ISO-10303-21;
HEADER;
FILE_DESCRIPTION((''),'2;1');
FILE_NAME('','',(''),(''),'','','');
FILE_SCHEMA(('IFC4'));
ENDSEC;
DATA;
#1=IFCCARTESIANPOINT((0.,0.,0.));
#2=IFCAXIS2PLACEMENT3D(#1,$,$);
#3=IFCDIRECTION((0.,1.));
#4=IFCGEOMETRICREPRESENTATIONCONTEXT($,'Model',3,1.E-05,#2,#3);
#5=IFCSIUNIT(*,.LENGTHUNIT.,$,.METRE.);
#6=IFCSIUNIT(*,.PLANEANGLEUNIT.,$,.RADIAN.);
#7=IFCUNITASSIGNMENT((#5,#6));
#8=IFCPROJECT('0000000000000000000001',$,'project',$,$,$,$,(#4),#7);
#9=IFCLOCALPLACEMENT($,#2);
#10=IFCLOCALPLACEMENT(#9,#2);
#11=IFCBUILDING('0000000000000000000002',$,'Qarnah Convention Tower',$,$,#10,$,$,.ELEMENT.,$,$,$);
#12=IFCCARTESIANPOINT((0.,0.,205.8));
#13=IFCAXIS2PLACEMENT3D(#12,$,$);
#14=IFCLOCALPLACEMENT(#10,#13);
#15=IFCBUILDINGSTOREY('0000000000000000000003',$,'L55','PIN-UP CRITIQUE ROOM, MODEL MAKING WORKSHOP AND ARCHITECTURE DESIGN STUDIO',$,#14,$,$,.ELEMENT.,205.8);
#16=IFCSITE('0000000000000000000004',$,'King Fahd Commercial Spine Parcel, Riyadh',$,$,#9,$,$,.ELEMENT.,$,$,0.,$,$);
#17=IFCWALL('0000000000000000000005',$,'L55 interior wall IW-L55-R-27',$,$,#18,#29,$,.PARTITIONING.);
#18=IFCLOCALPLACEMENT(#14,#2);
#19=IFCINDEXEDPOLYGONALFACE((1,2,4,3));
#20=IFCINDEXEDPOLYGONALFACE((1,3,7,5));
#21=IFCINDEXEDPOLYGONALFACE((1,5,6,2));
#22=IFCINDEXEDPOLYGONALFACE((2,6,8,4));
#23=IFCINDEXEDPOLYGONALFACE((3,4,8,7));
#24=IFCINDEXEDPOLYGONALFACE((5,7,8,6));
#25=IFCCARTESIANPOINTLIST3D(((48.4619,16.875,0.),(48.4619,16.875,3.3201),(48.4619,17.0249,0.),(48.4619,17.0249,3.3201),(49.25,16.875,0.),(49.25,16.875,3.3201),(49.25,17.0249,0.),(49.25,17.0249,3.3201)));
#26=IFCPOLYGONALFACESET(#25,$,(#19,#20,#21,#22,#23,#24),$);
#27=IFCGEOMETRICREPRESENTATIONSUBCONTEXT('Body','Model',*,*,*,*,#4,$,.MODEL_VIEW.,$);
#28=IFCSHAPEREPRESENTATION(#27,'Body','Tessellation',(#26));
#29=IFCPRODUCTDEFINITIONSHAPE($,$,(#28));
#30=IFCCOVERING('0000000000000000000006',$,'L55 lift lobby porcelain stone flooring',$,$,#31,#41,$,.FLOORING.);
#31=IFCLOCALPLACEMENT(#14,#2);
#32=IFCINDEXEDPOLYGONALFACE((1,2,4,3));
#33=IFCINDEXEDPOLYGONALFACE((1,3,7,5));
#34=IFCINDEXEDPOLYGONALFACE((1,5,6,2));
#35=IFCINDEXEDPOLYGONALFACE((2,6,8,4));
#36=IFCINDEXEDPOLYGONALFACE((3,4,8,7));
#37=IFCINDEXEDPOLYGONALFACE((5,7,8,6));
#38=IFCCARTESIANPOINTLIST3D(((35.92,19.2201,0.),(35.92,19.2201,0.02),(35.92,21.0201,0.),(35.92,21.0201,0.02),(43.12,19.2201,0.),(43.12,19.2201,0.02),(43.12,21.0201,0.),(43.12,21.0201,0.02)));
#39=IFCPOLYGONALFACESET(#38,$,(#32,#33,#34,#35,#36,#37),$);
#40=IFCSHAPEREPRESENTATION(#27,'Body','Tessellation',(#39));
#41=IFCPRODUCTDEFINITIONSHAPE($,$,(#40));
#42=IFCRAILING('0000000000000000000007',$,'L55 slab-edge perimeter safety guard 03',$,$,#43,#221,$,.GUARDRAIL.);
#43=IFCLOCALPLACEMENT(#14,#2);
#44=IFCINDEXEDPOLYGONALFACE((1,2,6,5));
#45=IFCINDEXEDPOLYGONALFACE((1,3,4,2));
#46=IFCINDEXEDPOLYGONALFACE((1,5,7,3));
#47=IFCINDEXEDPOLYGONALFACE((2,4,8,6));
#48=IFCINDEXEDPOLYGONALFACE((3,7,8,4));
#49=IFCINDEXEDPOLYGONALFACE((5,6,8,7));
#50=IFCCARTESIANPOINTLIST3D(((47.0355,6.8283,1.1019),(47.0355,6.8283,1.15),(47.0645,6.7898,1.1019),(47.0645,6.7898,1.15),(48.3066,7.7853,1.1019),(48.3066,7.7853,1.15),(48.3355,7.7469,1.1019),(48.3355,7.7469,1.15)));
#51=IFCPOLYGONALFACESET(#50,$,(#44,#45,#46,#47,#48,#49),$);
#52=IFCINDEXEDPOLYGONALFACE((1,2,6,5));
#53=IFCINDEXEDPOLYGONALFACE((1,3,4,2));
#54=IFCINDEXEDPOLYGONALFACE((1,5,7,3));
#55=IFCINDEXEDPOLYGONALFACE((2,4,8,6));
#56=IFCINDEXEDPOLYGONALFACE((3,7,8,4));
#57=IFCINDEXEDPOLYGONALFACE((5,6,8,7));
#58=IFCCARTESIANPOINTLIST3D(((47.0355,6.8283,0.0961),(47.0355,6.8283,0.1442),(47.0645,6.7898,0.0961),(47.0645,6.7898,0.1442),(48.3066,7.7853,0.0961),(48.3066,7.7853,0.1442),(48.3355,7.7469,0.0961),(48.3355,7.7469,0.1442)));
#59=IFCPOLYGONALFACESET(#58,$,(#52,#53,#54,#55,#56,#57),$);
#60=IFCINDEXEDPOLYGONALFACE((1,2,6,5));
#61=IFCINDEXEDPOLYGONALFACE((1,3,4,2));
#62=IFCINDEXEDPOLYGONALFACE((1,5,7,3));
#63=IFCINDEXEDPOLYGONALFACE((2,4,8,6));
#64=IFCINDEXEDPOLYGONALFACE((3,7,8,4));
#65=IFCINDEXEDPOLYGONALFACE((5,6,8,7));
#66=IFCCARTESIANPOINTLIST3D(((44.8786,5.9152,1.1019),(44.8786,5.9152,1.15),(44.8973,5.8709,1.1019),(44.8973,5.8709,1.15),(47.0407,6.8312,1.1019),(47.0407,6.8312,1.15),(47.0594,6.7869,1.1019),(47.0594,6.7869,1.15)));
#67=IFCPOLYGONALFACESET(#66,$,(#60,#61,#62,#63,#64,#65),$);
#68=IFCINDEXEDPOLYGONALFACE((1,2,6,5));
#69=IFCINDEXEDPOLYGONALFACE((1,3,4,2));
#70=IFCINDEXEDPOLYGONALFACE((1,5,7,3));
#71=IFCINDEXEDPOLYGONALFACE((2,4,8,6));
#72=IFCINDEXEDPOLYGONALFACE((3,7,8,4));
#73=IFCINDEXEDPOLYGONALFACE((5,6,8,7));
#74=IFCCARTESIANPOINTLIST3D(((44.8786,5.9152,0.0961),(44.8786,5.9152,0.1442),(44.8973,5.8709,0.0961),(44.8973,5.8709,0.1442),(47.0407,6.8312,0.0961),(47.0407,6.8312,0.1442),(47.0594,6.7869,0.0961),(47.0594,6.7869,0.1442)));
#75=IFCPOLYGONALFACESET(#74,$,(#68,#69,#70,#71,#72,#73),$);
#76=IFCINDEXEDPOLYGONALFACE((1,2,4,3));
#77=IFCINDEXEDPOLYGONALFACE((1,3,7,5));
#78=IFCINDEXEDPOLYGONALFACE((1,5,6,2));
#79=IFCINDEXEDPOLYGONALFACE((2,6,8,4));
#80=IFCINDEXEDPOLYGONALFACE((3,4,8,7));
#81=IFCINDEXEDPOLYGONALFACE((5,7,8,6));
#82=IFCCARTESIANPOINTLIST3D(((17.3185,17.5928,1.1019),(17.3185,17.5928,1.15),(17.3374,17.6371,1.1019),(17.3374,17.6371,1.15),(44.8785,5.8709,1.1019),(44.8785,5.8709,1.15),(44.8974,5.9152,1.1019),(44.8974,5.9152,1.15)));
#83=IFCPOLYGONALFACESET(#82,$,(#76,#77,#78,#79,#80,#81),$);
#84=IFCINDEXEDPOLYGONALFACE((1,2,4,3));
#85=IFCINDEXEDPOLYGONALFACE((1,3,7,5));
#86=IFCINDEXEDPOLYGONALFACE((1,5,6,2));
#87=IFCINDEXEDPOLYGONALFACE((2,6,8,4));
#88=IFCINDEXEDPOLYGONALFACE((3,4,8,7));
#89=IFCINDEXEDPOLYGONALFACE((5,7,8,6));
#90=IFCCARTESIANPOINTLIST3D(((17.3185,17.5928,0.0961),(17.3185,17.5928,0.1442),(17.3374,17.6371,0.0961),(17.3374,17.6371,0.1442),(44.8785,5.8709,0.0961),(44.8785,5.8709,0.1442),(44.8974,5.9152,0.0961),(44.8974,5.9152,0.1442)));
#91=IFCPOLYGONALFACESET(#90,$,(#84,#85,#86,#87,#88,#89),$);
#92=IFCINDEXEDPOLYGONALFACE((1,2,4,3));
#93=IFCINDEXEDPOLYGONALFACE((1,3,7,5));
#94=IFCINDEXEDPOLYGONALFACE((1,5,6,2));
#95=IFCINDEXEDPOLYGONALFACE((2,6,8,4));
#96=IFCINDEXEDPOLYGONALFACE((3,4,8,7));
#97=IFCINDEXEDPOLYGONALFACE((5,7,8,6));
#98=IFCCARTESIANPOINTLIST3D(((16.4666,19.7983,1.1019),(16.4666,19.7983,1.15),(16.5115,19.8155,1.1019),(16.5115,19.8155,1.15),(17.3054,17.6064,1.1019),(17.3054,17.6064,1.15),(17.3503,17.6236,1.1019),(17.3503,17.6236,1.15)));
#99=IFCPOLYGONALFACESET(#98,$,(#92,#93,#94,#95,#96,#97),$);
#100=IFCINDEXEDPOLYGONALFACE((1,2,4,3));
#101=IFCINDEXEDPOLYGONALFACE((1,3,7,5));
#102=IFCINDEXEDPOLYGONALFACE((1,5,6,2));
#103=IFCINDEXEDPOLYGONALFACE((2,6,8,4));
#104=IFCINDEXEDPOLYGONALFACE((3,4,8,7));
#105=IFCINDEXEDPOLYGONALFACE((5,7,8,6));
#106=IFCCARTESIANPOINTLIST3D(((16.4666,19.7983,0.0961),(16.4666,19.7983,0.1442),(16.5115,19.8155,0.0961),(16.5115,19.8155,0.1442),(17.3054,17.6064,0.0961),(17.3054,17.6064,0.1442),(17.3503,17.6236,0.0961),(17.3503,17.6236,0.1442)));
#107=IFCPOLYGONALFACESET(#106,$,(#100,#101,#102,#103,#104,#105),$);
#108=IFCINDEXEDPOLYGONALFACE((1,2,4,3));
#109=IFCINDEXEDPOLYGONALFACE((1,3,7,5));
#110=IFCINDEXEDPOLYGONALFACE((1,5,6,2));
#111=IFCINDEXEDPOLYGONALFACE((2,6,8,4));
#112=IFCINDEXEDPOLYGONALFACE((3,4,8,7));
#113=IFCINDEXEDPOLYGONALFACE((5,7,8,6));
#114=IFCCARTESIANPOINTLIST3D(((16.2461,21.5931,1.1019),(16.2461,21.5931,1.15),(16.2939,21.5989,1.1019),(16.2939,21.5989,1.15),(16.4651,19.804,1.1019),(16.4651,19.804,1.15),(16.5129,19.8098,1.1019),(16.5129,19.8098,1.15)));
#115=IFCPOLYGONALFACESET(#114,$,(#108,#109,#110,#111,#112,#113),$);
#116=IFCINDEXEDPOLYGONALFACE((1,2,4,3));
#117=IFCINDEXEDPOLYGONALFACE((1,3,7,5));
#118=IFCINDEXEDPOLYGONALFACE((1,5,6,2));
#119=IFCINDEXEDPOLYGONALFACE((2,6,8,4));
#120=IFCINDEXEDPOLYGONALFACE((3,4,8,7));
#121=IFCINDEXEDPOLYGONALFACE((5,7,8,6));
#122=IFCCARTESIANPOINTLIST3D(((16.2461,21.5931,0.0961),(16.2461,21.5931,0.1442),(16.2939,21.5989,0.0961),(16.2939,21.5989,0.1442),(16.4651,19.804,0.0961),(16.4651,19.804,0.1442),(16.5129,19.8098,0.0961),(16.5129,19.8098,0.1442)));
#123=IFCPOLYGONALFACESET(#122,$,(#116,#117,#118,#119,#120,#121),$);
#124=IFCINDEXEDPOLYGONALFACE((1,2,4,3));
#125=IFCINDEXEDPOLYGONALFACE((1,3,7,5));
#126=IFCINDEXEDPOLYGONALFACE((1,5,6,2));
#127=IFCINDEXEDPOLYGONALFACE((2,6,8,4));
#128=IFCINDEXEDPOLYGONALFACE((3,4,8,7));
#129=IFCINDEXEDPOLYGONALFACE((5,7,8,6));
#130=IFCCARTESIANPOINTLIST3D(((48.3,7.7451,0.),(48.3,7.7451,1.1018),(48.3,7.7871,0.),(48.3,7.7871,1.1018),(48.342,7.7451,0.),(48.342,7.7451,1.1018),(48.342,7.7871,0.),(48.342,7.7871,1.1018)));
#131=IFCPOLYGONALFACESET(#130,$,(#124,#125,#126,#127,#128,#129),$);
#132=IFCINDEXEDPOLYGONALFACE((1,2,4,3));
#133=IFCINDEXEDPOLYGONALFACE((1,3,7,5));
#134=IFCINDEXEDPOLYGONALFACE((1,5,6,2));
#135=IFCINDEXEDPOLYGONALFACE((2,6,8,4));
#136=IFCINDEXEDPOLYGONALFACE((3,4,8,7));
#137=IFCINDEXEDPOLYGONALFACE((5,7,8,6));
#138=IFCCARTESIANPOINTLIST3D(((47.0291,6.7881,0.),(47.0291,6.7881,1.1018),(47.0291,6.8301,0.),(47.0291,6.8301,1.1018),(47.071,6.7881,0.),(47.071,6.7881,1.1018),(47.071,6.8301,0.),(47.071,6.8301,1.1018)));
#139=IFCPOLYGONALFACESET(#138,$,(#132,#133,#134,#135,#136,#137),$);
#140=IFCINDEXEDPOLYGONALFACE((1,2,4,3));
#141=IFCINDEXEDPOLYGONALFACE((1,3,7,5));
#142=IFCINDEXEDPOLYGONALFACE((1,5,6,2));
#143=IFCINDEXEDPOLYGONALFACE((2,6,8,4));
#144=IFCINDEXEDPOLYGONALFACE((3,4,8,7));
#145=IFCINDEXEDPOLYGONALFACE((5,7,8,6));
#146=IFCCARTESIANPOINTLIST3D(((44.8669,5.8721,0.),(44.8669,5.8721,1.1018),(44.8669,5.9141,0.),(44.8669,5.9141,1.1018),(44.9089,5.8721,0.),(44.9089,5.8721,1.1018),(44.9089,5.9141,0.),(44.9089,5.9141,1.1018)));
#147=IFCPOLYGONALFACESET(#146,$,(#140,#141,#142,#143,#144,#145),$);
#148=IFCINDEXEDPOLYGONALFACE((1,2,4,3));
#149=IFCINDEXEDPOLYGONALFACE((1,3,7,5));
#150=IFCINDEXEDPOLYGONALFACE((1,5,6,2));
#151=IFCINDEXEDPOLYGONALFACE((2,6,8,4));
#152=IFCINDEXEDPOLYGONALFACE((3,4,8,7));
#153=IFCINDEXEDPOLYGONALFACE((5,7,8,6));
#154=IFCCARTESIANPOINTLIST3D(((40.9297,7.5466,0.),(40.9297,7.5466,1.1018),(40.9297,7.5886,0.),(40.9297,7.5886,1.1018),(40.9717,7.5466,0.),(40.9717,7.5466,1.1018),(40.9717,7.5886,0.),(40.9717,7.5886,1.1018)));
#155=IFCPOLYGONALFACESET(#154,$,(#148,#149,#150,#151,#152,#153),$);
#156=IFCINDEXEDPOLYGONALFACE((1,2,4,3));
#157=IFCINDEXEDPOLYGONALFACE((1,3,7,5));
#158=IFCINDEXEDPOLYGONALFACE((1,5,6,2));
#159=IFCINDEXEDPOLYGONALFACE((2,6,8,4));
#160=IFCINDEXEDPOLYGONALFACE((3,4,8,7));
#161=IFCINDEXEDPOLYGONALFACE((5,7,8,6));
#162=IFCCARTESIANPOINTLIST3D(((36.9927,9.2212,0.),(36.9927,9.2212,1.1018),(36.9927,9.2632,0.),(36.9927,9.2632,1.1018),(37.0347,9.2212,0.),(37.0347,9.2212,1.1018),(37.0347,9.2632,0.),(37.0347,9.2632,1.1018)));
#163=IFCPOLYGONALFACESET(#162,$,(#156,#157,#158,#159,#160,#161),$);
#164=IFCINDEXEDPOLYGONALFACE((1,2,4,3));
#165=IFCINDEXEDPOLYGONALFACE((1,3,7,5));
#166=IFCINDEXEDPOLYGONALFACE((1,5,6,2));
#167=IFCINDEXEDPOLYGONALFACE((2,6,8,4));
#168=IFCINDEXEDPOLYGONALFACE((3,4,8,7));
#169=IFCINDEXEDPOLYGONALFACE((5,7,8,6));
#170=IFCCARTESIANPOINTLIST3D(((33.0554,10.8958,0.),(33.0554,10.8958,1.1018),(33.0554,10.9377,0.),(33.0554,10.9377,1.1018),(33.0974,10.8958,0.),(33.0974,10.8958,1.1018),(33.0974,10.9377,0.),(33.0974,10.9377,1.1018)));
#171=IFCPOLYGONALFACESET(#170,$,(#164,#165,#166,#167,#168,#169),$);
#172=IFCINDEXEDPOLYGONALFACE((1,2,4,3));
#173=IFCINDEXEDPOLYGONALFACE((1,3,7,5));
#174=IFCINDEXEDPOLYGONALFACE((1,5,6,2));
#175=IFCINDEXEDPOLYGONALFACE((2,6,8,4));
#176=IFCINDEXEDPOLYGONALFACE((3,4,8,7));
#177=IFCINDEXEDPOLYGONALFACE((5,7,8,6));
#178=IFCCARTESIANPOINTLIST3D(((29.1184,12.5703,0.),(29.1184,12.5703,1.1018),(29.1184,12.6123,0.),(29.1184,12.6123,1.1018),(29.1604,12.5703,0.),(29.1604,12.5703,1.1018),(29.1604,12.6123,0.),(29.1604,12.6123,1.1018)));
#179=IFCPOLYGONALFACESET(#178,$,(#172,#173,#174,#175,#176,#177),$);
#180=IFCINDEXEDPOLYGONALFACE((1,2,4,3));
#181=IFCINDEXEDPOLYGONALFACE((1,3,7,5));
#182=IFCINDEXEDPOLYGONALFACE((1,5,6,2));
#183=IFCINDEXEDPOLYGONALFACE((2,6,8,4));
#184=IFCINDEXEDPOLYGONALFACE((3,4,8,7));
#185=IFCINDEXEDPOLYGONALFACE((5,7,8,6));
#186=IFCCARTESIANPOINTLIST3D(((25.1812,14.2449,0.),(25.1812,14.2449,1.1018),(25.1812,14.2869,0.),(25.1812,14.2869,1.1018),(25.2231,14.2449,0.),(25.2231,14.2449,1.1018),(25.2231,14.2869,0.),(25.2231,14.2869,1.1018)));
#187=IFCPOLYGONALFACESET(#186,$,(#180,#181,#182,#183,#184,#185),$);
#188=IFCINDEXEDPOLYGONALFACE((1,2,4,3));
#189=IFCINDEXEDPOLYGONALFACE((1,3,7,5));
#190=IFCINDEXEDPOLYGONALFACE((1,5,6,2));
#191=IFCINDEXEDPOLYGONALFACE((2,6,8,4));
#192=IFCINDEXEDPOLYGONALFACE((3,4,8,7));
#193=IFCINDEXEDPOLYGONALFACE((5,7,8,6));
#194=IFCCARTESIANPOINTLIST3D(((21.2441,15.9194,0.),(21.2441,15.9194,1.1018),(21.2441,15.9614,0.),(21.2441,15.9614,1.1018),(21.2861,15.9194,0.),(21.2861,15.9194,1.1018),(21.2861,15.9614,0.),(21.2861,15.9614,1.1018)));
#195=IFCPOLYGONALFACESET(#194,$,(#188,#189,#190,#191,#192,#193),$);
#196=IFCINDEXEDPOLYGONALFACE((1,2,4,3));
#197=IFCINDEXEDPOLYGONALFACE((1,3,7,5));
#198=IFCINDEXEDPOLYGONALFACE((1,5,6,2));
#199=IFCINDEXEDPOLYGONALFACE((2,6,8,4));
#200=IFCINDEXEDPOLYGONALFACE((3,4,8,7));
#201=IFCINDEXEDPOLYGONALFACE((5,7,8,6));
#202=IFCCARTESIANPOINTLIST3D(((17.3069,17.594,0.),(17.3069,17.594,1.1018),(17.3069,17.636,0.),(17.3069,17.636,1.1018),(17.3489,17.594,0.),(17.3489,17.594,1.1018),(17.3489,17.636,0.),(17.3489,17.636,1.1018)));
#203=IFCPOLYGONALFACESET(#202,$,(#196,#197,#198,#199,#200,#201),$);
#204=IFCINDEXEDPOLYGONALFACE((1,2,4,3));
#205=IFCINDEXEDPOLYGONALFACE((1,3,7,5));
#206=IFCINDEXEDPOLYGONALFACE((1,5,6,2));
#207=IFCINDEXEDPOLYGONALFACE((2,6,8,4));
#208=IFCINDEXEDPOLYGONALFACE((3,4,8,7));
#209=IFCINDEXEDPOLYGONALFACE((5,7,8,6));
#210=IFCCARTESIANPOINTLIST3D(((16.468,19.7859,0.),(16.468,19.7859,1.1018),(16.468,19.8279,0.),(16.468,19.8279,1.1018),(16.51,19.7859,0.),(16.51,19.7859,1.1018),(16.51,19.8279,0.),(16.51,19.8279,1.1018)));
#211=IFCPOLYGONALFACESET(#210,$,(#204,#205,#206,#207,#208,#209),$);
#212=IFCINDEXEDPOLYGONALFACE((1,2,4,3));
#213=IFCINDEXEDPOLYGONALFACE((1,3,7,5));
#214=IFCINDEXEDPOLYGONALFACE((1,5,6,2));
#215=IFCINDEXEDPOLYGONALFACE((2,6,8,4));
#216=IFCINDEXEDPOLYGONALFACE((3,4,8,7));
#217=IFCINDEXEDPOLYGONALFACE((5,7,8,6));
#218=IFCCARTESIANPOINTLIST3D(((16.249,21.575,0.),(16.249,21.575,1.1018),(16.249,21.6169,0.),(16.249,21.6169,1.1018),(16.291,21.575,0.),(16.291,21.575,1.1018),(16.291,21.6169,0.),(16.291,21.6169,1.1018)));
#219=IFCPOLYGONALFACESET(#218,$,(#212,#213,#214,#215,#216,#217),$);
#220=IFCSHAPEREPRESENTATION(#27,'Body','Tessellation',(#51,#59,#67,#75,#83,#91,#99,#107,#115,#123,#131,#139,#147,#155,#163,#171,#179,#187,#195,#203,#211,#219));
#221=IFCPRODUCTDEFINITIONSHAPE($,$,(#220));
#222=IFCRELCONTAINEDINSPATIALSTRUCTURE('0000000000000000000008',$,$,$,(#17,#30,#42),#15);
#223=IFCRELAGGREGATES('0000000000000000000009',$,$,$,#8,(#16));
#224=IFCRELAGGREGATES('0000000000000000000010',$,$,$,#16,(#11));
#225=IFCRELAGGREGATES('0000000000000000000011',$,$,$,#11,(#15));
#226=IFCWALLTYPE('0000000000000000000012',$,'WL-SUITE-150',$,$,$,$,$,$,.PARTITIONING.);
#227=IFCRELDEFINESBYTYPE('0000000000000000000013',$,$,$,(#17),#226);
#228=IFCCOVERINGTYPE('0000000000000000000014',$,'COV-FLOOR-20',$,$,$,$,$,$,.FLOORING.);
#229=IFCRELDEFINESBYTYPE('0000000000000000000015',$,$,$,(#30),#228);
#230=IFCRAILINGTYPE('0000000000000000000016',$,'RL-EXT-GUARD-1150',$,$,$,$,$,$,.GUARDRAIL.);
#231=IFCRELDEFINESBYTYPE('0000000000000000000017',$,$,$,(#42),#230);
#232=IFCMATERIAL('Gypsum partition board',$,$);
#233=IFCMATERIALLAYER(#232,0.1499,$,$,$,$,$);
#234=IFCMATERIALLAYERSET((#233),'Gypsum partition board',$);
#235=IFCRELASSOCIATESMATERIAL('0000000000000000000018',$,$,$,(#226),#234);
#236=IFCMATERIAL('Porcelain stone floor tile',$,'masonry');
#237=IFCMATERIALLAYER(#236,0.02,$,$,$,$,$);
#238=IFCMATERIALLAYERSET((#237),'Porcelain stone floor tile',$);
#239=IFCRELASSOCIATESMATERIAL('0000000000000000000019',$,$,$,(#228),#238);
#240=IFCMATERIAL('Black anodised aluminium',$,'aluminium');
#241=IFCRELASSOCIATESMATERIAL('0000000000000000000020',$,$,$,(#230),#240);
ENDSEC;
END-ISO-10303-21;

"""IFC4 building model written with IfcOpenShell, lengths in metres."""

from ifc_helpers import new_model, si_unit, direction, frame, frame_2d, origin, origin_2d, place, context, subcontext, project, spatial, rectangle, extrude, material, layer, layer_set, type_object, element, save


model = new_model("IFC4")

# Units and contexts
model_context = context("Model", 3, precision=1e-05, world=origin(), true_north=direction((0.0, 1.0)))
body_context = subcontext(model_context, "Body", "Model", "MODEL_VIEW")
ifc_project = project(units=[si_unit("LENGTHUNIT", "METRE"), si_unit("PLANEANGLEUNIT", "RADIAN")], contexts=[model_context])

# Site, building, storey
site_placement = place(None, origin())
site = spatial("IfcSite", under=ifc_project, at=site_placement, Name="King Fahd Commercial Spine Parcel, Riyadh", CompositionType="ELEMENT", RefElevation=0.0)
building_placement = place(site_placement, origin())
building = spatial("IfcBuilding", under=site, at=building_placement, Name="Qarnah Convention Tower", CompositionType="ELEMENT")
storey_placement = place(building_placement, frame((0.0, 0.0, 205.8)))
storey = spatial("IfcBuildingStorey", under=building, at=storey_placement, Name="L55", Description="PIN-UP CRITIQUE ROOM, MODEL MAKING WORKSHOP AND ARCHITECTURE DESIGN STUDIO", CompositionType="ELEMENT", Elevation=205.8)

# Shared definitions
ifc_material_1 = material(Name="Black anodised aluminium", Category="aluminium")

# Shared definitions
ifc_material_2 = material(Name="Gypsum partition board")
ifc_layer_1 = layer(ifc_material_2, 0.1499)
ifc_layer_set_1 = layer_set([ifc_layer_1], Name="Gypsum partition board")
wall_type_1 = type_object("IfcWallType", Name="WL-SUITE-150", PredefinedType="PARTITIONING", material=ifc_layer_set_1)

# Wall
wall_1_placement = place(storey_placement, frame((49.25, 16.95, 0.0), z_axis=(0.0, 0.0, 1.0), x_axis=(-1.0, 0.0, 0.0)))
element("IfcWall", 1, at=wall_1_placement, inside=storey, type_object=wall_type_1, Name="L55 interior wall IW-L55-R-27", PredefinedType="PARTITIONING", context=body_context, shape_type="SweptSolid", body=[
    extrude(rectangle(XDim=0.7881, YDim=0.1499, at=frame_2d((0.394, 0.0))), origin(), (0.0, 0.0, 1.0), 3.3201),
])

# Covering
ifc_material_3 = material(Name="Porcelain stone floor tile", Category="masonry")
ifc_layer_2 = layer(ifc_material_3, 0.02)
ifc_layer_set_2 = layer_set([ifc_layer_2], Name="Porcelain stone floor tile")
covering_type = type_object("IfcCoveringType", Name="COV-FLOOR-20", PredefinedType="FLOORING", material=ifc_layer_set_2)
covering_placement = place(storey_placement, frame((39.52, 20.1201, 0.0), z_axis=(0.0, 0.0, 1.0), x_axis=(1.0, 0.0, 0.0)))
element("IfcCovering", 2, at=covering_placement, inside=storey, type_object=covering_type, Name="L55 lift lobby porcelain stone flooring", PredefinedType="FLOORING", context=body_context, shape_type="SweptSolid", body=[
    extrude(rectangle(XDim=7.2, YDim=1.8, at=origin_2d()), origin(), (0.0, 0.0, 1.0), 0.02),
])

# Railing
railing_type = type_object("IfcRailingType", Name="RL-EXT-GUARD-1150", PredefinedType="GUARDRAIL", material=ifc_material_1)
railing_1_placement = place(storey_placement, frame((48.321, 7.7661, 0.0)))
element("IfcRailing", 3, at=railing_1_placement, inside=storey, type_object=railing_type, Name="L55 slab-edge perimeter safety guard 03", PredefinedType="GUARDRAIL", context=body_context, shape_type="SweptSolid", body=[
    extrude(rectangle(XDim=0.0481, YDim=0.0481, at=origin_2d()), frame((0.0, 0.0, 1.126), z_axis=(-0.798857, -0.601521, 0.0), x_axis=(0.601521, -0.798857, 0.0)), (0.0, 0.0, 1.0), 1.5911),
    extrude(rectangle(XDim=0.0481, YDim=0.0481, at=origin_2d()), frame((0.0, 0.0, 0.1201), z_axis=(-0.798857, -0.601521, 0.0), x_axis=(0.601521, -0.798857, 0.0)), (0.0, 0.0, 1.0), 1.5911),
    extrude(rectangle(XDim=0.0481, YDim=0.0481, at=origin_2d()), frame((-1.271, -0.957, 1.126), z_axis=(-0.920772, -0.390101, 0.0), x_axis=(0.390101, -0.920772, 0.0)), (0.0, 0.0, 1.0), 2.3481),
    extrude(rectangle(XDim=0.0481, YDim=0.0481, at=origin_2d()), frame((-1.271, -0.957, 0.1201), z_axis=(-0.920772, -0.390101, 0.0), x_axis=(0.390101, -0.920772, 0.0)), (0.0, 0.0, 1.0), 2.3481),
    extrude(rectangle(XDim=0.0481, YDim=0.0481, at=origin_2d()), frame((-3.4331, -1.873, 1.126), z_axis=(-0.920224, 0.391392, 0.0), x_axis=(-0.391392, -0.920224, 0.0)), (0.0, 0.0, 1.0), 29.9492),
    extrude(rectangle(XDim=0.0481, YDim=0.0481, at=origin_2d()), frame((-3.4331, -1.873, 0.1201), z_axis=(-0.920224, 0.391392, 0.0), x_axis=(-0.391392, -0.920224, 0.0)), (0.0, 0.0, 1.0), 29.9492),
    extrude(rectangle(XDim=0.0481, YDim=0.0481, at=origin_2d()), frame((-30.9932, 9.8489, 1.126), z_axis=(-0.357431, 0.93394, 0.0), x_axis=(-0.93394, -0.357431, 0.0)), (0.0, 0.0, 1.0), 2.3469),
    extrude(rectangle(XDim=0.0481, YDim=0.0481, at=origin_2d()), frame((-30.9932, 9.8489, 0.1201), z_axis=(-0.357431, 0.93394, 0.0), x_axis=(-0.93394, -0.357431, 0.0)), (0.0, 0.0, 1.0), 2.3469),
    extrude(rectangle(XDim=0.0481, YDim=0.0481, at=origin_2d()), frame((-31.832, 12.0408, 1.126), z_axis=(-0.1215, 0.992591, 0.0), x_axis=(-0.992591, -0.1215, 0.0)), (0.0, 0.0, 1.0), 1.8025),
    extrude(rectangle(XDim=0.0481, YDim=0.0481, at=origin_2d()), frame((-31.832, 12.0408, 0.1201), z_axis=(-0.1215, 0.992591, 0.0), x_axis=(-0.992591, -0.1215, 0.0)), (0.0, 0.0, 1.0), 1.8025),
    extrude(rectangle(XDim=0.042, YDim=0.042, at=origin_2d()), origin(), (0.0, 0.0, 1.0), 1.1018),
    extrude(rectangle(XDim=0.042, YDim=0.042, at=origin_2d()), frame((-1.271, -0.957, 0.0)), (0.0, 0.0, 1.0), 1.1018),
    extrude(rectangle(XDim=0.042, YDim=0.042, at=origin_2d()), frame((-3.4331, -1.873, 0.0)), (0.0, 0.0, 1.0), 1.1018),
    extrude(rectangle(XDim=0.042, YDim=0.042, at=origin_2d()), frame((-7.3704, -0.1985, 0.0)), (0.0, 0.0, 1.0), 1.1018),
    extrude(rectangle(XDim=0.042, YDim=0.042, at=origin_2d()), frame((-11.3074, 1.4761, 0.0)), (0.0, 0.0, 1.0), 1.1018),
    extrude(rectangle(XDim=0.042, YDim=0.042, at=origin_2d()), frame((-15.2446, 3.1506, 0.0)), (0.0, 0.0, 1.0), 1.1018),
    extrude(rectangle(XDim=0.042, YDim=0.042, at=origin_2d()), frame((-19.1816, 4.8252, 0.0)), (0.0, 0.0, 1.0), 1.1018),
    extrude(rectangle(XDim=0.042, YDim=0.042, at=origin_2d()), frame((-23.1189, 6.4998, 0.0)), (0.0, 0.0, 1.0), 1.1018),
    extrude(rectangle(XDim=0.042, YDim=0.042, at=origin_2d()), frame((-27.0559, 8.1743, 0.0)), (0.0, 0.0, 1.0), 1.1018),
    extrude(rectangle(XDim=0.042, YDim=0.042, at=origin_2d()), frame((-30.9932, 9.8489, 0.0)), (0.0, 0.0, 1.0), 1.1018),
    extrude(rectangle(XDim=0.042, YDim=0.042, at=origin_2d()), frame((-31.832, 12.0408, 0.0)), (0.0, 0.0, 1.0), 1.1018),
    extrude(rectangle(XDim=0.042, YDim=0.042, at=origin_2d()), frame((-32.051, 13.8298, 0.0)), (0.0, 0.0, 1.0), 1.1018),
])

save(model, "model.ifc")
